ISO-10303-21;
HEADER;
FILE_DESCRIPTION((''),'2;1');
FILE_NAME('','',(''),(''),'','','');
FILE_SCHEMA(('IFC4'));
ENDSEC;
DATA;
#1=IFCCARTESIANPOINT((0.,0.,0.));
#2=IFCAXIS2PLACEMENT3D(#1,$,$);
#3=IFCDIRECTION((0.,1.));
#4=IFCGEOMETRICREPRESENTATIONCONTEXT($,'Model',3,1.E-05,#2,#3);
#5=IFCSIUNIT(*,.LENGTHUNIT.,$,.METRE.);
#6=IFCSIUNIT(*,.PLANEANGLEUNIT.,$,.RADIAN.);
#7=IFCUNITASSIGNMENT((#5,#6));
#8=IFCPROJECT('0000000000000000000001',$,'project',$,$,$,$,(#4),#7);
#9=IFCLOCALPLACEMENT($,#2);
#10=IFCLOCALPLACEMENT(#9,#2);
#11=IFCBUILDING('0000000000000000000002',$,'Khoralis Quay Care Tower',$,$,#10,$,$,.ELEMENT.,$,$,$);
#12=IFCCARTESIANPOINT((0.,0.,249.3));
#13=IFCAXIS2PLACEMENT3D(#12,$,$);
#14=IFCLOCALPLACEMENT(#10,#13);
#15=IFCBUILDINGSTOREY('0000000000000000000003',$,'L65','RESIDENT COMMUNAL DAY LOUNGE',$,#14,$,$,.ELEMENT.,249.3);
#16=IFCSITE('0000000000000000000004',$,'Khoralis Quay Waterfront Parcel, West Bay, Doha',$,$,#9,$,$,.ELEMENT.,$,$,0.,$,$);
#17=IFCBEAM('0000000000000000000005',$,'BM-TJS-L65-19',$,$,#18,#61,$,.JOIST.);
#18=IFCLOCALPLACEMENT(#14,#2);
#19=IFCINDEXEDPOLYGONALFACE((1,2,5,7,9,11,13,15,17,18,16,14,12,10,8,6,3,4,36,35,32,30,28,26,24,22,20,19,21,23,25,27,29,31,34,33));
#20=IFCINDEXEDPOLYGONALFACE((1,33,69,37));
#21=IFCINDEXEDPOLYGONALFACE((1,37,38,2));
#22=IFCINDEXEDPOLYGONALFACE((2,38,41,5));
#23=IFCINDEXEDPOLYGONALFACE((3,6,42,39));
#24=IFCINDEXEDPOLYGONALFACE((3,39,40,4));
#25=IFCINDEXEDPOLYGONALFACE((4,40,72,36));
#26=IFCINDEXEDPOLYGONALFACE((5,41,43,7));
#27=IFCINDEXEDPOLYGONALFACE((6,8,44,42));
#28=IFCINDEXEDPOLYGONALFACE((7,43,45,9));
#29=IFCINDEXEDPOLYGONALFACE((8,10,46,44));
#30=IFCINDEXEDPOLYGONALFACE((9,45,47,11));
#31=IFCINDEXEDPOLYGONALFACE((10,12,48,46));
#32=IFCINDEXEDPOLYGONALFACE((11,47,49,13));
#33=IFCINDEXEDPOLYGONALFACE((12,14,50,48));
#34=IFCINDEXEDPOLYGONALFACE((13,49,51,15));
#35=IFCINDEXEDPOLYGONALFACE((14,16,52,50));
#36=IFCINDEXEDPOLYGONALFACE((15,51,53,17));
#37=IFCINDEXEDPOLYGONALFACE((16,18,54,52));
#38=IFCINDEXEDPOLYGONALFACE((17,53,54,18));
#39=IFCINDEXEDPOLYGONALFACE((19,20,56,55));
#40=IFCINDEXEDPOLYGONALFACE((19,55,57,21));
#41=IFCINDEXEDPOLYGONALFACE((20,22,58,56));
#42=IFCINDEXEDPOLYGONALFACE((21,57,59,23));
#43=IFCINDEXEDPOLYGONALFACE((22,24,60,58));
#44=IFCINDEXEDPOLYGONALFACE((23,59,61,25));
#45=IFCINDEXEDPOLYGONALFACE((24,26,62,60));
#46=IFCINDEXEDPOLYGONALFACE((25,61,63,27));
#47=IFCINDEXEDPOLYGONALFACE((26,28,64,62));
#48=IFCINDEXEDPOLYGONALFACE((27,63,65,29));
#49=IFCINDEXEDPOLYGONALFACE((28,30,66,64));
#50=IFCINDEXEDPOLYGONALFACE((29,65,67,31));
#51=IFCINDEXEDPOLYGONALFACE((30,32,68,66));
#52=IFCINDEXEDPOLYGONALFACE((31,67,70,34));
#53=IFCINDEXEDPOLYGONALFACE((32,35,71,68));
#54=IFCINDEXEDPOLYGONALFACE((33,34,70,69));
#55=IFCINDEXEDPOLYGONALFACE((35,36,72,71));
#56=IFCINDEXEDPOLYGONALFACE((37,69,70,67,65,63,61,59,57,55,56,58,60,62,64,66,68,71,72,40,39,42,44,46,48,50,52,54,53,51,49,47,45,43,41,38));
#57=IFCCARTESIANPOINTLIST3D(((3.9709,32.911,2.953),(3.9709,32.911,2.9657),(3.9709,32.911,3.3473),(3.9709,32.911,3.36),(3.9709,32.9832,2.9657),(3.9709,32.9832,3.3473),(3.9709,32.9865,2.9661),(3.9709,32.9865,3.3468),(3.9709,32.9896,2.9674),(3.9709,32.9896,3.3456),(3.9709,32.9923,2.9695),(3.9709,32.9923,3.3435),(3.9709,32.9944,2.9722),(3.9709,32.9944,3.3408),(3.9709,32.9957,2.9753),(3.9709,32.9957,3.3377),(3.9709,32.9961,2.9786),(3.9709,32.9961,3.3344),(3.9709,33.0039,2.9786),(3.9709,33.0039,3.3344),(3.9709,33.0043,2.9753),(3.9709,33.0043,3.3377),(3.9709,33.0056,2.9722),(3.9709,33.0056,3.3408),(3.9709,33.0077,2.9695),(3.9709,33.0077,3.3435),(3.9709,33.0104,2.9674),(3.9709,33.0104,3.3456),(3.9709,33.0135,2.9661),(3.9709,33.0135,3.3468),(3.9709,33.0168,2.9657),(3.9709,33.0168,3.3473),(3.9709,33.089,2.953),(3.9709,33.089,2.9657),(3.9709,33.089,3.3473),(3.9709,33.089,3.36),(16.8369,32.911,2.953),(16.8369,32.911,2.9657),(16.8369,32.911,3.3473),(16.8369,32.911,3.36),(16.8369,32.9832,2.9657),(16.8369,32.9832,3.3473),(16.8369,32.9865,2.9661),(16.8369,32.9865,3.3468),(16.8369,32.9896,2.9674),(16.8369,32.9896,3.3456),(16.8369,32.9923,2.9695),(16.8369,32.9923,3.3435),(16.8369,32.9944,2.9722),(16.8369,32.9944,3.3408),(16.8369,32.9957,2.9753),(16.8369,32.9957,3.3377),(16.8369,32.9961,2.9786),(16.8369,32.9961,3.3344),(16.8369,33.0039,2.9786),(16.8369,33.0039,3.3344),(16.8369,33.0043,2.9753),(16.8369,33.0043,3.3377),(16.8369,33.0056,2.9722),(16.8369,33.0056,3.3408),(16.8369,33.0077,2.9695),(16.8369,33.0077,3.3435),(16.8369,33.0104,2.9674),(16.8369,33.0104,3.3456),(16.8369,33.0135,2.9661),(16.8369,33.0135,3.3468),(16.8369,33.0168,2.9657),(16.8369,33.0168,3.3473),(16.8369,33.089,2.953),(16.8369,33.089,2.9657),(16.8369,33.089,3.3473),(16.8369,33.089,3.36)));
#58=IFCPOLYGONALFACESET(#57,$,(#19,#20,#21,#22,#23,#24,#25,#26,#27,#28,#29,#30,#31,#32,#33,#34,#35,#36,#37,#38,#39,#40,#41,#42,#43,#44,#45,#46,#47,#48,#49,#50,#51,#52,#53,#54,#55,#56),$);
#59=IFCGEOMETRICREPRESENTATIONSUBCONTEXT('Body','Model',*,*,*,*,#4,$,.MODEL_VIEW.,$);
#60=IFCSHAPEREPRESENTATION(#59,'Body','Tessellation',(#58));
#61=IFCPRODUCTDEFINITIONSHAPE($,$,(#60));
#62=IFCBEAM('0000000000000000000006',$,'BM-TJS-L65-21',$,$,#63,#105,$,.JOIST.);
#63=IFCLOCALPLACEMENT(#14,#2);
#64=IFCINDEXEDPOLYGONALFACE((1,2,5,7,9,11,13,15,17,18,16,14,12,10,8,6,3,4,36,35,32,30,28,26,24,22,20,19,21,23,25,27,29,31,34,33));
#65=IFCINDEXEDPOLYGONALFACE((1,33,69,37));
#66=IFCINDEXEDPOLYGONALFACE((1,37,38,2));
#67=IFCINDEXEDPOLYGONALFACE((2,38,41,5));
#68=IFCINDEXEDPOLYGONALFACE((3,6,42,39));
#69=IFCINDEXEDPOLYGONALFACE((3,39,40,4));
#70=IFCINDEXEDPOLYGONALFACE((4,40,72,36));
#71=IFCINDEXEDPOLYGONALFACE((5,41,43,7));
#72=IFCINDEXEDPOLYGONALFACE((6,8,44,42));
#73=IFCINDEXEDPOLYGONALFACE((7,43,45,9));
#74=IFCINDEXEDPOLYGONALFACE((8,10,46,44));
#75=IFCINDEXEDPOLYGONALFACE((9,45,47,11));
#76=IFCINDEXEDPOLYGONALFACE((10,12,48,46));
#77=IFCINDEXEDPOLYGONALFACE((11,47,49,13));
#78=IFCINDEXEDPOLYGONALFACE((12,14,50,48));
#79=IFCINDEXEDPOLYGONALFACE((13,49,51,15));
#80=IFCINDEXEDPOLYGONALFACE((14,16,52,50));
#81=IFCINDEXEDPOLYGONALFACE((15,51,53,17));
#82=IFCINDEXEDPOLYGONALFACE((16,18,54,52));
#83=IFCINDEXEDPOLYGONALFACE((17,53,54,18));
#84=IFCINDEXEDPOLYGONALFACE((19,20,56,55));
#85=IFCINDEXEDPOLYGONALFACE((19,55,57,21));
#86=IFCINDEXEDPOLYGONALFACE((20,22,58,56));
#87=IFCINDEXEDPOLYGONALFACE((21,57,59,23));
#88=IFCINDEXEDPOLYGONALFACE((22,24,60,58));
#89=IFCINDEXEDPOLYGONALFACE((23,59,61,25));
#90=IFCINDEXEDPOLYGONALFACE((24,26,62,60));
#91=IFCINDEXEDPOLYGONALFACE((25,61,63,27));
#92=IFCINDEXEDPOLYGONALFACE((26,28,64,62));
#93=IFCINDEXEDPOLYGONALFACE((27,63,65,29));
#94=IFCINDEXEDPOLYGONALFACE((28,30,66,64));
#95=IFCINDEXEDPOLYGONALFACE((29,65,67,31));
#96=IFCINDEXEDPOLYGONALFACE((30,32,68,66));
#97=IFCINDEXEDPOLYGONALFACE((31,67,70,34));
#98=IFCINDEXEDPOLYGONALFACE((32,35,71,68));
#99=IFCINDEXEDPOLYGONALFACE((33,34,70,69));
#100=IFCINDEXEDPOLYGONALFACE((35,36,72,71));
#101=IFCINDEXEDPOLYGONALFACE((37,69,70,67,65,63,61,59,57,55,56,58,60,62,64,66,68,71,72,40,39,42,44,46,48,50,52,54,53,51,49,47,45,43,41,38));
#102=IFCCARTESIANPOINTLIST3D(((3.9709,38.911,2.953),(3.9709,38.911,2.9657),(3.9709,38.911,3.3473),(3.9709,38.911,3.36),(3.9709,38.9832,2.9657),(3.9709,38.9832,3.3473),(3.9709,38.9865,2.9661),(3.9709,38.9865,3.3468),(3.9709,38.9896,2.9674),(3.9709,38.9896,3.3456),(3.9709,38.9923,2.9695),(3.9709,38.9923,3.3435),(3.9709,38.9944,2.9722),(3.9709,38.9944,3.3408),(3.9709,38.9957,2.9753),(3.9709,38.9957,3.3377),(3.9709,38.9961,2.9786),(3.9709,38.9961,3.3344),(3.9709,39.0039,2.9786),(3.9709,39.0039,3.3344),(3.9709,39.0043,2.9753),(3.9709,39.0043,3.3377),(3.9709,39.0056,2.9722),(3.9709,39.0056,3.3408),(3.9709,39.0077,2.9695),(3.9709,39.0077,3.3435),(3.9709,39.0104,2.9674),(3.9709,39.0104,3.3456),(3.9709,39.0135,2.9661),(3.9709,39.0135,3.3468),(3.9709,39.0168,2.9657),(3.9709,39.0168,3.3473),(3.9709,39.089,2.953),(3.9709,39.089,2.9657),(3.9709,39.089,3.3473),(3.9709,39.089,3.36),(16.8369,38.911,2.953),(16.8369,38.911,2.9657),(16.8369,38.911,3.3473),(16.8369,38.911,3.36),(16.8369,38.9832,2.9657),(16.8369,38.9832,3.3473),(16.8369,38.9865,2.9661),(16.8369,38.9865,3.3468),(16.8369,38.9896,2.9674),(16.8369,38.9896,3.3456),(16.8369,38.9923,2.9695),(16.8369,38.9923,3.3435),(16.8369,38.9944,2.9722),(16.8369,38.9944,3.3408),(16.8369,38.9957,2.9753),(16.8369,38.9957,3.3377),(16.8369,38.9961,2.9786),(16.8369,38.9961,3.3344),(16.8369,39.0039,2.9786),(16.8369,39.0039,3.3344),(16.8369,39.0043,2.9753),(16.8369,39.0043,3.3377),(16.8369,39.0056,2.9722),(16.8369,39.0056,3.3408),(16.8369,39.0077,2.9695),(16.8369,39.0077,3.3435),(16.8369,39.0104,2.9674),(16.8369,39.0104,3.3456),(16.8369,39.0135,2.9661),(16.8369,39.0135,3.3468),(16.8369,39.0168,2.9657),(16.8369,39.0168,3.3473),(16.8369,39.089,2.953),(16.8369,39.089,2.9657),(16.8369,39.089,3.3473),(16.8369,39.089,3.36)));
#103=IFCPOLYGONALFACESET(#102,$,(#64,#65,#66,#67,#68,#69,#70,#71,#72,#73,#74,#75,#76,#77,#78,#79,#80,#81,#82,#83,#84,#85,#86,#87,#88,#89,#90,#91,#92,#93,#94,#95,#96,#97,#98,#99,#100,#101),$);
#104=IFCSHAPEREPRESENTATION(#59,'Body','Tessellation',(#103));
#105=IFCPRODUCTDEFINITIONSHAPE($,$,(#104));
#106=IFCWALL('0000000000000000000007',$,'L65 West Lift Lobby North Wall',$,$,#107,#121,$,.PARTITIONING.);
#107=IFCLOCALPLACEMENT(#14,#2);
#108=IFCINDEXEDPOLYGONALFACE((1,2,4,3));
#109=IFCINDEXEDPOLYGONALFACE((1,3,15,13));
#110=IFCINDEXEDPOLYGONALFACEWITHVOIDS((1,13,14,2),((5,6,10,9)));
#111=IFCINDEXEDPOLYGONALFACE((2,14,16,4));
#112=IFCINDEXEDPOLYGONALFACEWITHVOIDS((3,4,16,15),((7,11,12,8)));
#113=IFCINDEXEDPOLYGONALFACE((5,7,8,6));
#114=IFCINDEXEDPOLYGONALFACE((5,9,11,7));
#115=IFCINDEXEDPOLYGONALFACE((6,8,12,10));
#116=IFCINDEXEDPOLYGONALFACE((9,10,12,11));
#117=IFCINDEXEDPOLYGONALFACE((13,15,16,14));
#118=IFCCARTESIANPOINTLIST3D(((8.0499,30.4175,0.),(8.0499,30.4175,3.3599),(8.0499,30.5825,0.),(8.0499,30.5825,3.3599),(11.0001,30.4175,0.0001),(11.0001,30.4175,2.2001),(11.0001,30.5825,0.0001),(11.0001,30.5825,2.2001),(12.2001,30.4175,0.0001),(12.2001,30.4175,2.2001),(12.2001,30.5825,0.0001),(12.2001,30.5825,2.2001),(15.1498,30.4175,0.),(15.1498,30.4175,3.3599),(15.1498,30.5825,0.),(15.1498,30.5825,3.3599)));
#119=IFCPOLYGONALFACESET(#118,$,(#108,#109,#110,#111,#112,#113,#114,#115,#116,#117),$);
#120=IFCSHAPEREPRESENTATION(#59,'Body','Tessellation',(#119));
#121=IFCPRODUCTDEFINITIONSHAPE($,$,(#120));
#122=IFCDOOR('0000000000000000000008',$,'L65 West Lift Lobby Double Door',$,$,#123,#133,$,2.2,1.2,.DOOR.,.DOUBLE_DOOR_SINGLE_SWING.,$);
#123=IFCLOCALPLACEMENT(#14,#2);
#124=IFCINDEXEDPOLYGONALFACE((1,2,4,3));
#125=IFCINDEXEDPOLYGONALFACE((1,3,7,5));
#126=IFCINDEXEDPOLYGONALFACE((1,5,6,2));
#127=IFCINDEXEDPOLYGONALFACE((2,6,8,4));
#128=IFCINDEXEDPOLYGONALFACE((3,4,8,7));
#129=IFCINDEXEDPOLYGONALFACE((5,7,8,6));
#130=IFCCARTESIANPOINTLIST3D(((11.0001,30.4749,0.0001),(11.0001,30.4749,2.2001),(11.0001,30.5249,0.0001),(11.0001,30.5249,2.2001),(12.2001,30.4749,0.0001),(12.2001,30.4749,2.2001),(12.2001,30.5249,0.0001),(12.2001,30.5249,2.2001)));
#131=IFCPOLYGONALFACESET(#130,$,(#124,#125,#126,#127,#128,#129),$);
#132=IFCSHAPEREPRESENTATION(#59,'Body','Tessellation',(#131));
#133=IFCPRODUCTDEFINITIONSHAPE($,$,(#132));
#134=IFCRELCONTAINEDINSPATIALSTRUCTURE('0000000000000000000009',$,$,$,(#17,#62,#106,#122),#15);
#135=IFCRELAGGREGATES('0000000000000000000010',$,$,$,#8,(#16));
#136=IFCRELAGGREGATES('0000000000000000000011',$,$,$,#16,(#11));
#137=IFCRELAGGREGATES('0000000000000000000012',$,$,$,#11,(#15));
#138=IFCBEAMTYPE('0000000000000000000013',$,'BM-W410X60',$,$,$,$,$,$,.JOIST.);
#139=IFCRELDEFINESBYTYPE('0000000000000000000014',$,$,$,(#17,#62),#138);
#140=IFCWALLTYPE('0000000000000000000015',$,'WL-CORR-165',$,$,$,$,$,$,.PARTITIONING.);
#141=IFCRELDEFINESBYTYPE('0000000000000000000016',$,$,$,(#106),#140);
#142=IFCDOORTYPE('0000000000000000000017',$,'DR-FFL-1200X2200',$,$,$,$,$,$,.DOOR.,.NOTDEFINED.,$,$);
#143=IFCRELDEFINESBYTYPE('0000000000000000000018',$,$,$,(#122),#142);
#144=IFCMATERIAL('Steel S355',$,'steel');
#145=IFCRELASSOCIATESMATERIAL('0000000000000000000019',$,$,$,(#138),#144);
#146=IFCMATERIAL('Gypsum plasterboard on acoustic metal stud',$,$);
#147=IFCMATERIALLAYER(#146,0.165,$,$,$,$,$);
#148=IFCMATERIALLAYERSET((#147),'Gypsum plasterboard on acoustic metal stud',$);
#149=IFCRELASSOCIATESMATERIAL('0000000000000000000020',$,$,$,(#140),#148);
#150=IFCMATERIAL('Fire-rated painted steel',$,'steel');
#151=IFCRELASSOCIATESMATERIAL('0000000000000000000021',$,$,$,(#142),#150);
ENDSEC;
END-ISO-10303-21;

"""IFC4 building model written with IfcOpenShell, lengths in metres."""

from ifc_helpers import new_model, si_unit, direction, frame, frame_2d, origin, origin_2d, place, context, subcontext, project, spatial, rectangle, i_section, extrude, source, transform, mapped, material, layer, layer_set, material_profile, profile_set, type_object, element, fill, save


model = new_model("IFC4")

# Units and contexts
model_context = context("Model", 3, precision=1e-05, world=origin(), true_north=direction((0.0, 1.0)))
body_context = subcontext(model_context, "Body", "Model", "MODEL_VIEW")
ifc_project = project(units=[si_unit("LENGTHUNIT", "METRE"), si_unit("PLANEANGLEUNIT", "RADIAN")], contexts=[model_context])

# Site, building, storey
site_placement = place(None, origin())
site = spatial("IfcSite", under=ifc_project, at=site_placement, Name="Khoralis Quay Waterfront Parcel, West Bay, Doha", CompositionType="ELEMENT", RefElevation=0.0)
building_placement = place(site_placement, origin())
building = spatial("IfcBuilding", under=site, at=building_placement, Name="Khoralis Quay Care Tower", CompositionType="ELEMENT")
storey_placement = place(building_placement, frame((0.0, 0.0, 249.3)))
storey = spatial("IfcBuildingStorey", under=building, at=storey_placement, Name="L65", Description="RESIDENT COMMUNAL DAY LOUNGE", CompositionType="ELEMENT", Elevation=249.3)

# Beams
ifc_material_1 = material(Name="Steel S355", Category="steel")
ifc_material_profile_1 = material_profile(ifc_material_1, i_section(OverallWidth=0.178, OverallDepth=0.407, WebThickness=0.0078, FlangeThickness=0.0127, FilletRadius=0.0129, at=origin_2d()), Name="Steel S355")
ifc_profile_set_1 = profile_set([ifc_material_profile_1], Name="Steel S355")
beam_type_1 = type_object("IfcBeamType", Name="BM-W410X60", PredefinedType="JOIST", material=ifc_profile_set_1)
shared_shape_1 = source(origin(), body_context, "Body", "SweptSolid", [
    extrude(i_section(OverallWidth=0.178, OverallDepth=0.407, WebThickness=0.0078, FlangeThickness=0.0127, FilletRadius=0.0129, at=origin_2d()), origin(), (0.0, 0.0, 1.0), 12.866),
])
for number, where, z_axis, x_axis, name in (
    (1, (3.9709, 33.0, 3.1565), (1.0, 0.0, 0.0), (0.0, 1.0, 0.0), "BM-TJS-L65-19"),
    (2, (3.9709, 39.0, 3.1565), (1.0, 0.0, 0.0), (0.0, 1.0, 0.0), "BM-TJS-L65-21"),
):
    element("IfcBeam", number, at=place(storey_placement, frame(where, z_axis=z_axis, x_axis=x_axis)), inside=storey, type_object=beam_type_1, Name=name, PredefinedType="JOIST", context=body_context, shape_type="MappedRepresentation", body=[
        mapped(shared_shape_1, transform((0.0, 0.0, 0.0), scale=1.0)),
    ])

# Wall, opening, door
ifc_material_2 = material(Name="Gypsum plasterboard on acoustic metal stud")
ifc_layer_1 = layer(ifc_material_2, 0.165)
ifc_layer_set_1 = layer_set([ifc_layer_1], Name="Gypsum plasterboard on acoustic metal stud")
wall_type_1 = type_object("IfcWallType", Name="WL-CORR-165", PredefinedType="PARTITIONING", material=ifc_layer_set_1)
wall_1_placement = place(storey_placement, frame((8.05, 30.5, 0.0), z_axis=(0.0, 0.0, 1.0), x_axis=(1.0, 0.0, 0.0)))
wall_1 = element("IfcWall", 3, at=wall_1_placement, inside=storey, type_object=wall_type_1, Name="L65 West Lift Lobby North Wall", PredefinedType="PARTITIONING", context=body_context, shape_type="SweptSolid", body=[
    extrude(rectangle(XDim=7.0999, YDim=0.165, at=frame_2d((3.5498, 0.0))), origin(), (0.0, 0.0, 1.0), 3.3599),
])
opening_1_placement = place(wall_1_placement, frame((2.95, 0.0, 0.0)))
opening_1 = element("IfcOpeningElement", 4, at=opening_1_placement, cuts=wall_1, PredefinedType="OPENING", context=body_context, shape_type="SweptSolid", body=[
    extrude(rectangle(XDim=1.2, YDim=2.2, at=frame_2d((0.6001, 1.1001))), frame((0.0, 0.0925, 0.0), z_axis=(0.0, -1.0, 0.0), x_axis=(1.0, 0.0, 0.0)), (0.0, 0.0, 1.0), 0.1851),
])
ifc_material_3 = material(Name="Fire-rated painted steel", Category="steel")
door_type_1 = type_object("IfcDoorType", Name="DR-FFL-1200X2200", OperationType="NOTDEFINED", PredefinedType="DOOR", material=ifc_material_3)
shared_shape_2 = source(origin(), body_context, "Body", "SweptSolid", [
    extrude(rectangle(XDim=1.2, YDim=2.2, at=frame_2d((0.6001, 1.1001))), frame((0.0, 0.0249, 0.0), z_axis=(0.0, -1.0, 0.0), x_axis=(1.0, 0.0, 0.0)), (0.0, 0.0, 1.0), 0.05),
])
door_1_placement = place(opening_1_placement, origin())
door_1 = element("IfcDoor", 5, at=door_1_placement, inside=storey, type_object=door_type_1, Name="L65 West Lift Lobby Double Door", OperationType="DOUBLE_DOOR_SINGLE_SWING", OverallHeight=2.2, OverallWidth=1.2, PredefinedType="DOOR", context=body_context, shape_type="MappedRepresentation", body=[
    mapped(shared_shape_2, transform((0.0, 0.0, 0.0), scale=1.0)),
])
fill(opening_1, door_1)

save(model, "model.ifc")
